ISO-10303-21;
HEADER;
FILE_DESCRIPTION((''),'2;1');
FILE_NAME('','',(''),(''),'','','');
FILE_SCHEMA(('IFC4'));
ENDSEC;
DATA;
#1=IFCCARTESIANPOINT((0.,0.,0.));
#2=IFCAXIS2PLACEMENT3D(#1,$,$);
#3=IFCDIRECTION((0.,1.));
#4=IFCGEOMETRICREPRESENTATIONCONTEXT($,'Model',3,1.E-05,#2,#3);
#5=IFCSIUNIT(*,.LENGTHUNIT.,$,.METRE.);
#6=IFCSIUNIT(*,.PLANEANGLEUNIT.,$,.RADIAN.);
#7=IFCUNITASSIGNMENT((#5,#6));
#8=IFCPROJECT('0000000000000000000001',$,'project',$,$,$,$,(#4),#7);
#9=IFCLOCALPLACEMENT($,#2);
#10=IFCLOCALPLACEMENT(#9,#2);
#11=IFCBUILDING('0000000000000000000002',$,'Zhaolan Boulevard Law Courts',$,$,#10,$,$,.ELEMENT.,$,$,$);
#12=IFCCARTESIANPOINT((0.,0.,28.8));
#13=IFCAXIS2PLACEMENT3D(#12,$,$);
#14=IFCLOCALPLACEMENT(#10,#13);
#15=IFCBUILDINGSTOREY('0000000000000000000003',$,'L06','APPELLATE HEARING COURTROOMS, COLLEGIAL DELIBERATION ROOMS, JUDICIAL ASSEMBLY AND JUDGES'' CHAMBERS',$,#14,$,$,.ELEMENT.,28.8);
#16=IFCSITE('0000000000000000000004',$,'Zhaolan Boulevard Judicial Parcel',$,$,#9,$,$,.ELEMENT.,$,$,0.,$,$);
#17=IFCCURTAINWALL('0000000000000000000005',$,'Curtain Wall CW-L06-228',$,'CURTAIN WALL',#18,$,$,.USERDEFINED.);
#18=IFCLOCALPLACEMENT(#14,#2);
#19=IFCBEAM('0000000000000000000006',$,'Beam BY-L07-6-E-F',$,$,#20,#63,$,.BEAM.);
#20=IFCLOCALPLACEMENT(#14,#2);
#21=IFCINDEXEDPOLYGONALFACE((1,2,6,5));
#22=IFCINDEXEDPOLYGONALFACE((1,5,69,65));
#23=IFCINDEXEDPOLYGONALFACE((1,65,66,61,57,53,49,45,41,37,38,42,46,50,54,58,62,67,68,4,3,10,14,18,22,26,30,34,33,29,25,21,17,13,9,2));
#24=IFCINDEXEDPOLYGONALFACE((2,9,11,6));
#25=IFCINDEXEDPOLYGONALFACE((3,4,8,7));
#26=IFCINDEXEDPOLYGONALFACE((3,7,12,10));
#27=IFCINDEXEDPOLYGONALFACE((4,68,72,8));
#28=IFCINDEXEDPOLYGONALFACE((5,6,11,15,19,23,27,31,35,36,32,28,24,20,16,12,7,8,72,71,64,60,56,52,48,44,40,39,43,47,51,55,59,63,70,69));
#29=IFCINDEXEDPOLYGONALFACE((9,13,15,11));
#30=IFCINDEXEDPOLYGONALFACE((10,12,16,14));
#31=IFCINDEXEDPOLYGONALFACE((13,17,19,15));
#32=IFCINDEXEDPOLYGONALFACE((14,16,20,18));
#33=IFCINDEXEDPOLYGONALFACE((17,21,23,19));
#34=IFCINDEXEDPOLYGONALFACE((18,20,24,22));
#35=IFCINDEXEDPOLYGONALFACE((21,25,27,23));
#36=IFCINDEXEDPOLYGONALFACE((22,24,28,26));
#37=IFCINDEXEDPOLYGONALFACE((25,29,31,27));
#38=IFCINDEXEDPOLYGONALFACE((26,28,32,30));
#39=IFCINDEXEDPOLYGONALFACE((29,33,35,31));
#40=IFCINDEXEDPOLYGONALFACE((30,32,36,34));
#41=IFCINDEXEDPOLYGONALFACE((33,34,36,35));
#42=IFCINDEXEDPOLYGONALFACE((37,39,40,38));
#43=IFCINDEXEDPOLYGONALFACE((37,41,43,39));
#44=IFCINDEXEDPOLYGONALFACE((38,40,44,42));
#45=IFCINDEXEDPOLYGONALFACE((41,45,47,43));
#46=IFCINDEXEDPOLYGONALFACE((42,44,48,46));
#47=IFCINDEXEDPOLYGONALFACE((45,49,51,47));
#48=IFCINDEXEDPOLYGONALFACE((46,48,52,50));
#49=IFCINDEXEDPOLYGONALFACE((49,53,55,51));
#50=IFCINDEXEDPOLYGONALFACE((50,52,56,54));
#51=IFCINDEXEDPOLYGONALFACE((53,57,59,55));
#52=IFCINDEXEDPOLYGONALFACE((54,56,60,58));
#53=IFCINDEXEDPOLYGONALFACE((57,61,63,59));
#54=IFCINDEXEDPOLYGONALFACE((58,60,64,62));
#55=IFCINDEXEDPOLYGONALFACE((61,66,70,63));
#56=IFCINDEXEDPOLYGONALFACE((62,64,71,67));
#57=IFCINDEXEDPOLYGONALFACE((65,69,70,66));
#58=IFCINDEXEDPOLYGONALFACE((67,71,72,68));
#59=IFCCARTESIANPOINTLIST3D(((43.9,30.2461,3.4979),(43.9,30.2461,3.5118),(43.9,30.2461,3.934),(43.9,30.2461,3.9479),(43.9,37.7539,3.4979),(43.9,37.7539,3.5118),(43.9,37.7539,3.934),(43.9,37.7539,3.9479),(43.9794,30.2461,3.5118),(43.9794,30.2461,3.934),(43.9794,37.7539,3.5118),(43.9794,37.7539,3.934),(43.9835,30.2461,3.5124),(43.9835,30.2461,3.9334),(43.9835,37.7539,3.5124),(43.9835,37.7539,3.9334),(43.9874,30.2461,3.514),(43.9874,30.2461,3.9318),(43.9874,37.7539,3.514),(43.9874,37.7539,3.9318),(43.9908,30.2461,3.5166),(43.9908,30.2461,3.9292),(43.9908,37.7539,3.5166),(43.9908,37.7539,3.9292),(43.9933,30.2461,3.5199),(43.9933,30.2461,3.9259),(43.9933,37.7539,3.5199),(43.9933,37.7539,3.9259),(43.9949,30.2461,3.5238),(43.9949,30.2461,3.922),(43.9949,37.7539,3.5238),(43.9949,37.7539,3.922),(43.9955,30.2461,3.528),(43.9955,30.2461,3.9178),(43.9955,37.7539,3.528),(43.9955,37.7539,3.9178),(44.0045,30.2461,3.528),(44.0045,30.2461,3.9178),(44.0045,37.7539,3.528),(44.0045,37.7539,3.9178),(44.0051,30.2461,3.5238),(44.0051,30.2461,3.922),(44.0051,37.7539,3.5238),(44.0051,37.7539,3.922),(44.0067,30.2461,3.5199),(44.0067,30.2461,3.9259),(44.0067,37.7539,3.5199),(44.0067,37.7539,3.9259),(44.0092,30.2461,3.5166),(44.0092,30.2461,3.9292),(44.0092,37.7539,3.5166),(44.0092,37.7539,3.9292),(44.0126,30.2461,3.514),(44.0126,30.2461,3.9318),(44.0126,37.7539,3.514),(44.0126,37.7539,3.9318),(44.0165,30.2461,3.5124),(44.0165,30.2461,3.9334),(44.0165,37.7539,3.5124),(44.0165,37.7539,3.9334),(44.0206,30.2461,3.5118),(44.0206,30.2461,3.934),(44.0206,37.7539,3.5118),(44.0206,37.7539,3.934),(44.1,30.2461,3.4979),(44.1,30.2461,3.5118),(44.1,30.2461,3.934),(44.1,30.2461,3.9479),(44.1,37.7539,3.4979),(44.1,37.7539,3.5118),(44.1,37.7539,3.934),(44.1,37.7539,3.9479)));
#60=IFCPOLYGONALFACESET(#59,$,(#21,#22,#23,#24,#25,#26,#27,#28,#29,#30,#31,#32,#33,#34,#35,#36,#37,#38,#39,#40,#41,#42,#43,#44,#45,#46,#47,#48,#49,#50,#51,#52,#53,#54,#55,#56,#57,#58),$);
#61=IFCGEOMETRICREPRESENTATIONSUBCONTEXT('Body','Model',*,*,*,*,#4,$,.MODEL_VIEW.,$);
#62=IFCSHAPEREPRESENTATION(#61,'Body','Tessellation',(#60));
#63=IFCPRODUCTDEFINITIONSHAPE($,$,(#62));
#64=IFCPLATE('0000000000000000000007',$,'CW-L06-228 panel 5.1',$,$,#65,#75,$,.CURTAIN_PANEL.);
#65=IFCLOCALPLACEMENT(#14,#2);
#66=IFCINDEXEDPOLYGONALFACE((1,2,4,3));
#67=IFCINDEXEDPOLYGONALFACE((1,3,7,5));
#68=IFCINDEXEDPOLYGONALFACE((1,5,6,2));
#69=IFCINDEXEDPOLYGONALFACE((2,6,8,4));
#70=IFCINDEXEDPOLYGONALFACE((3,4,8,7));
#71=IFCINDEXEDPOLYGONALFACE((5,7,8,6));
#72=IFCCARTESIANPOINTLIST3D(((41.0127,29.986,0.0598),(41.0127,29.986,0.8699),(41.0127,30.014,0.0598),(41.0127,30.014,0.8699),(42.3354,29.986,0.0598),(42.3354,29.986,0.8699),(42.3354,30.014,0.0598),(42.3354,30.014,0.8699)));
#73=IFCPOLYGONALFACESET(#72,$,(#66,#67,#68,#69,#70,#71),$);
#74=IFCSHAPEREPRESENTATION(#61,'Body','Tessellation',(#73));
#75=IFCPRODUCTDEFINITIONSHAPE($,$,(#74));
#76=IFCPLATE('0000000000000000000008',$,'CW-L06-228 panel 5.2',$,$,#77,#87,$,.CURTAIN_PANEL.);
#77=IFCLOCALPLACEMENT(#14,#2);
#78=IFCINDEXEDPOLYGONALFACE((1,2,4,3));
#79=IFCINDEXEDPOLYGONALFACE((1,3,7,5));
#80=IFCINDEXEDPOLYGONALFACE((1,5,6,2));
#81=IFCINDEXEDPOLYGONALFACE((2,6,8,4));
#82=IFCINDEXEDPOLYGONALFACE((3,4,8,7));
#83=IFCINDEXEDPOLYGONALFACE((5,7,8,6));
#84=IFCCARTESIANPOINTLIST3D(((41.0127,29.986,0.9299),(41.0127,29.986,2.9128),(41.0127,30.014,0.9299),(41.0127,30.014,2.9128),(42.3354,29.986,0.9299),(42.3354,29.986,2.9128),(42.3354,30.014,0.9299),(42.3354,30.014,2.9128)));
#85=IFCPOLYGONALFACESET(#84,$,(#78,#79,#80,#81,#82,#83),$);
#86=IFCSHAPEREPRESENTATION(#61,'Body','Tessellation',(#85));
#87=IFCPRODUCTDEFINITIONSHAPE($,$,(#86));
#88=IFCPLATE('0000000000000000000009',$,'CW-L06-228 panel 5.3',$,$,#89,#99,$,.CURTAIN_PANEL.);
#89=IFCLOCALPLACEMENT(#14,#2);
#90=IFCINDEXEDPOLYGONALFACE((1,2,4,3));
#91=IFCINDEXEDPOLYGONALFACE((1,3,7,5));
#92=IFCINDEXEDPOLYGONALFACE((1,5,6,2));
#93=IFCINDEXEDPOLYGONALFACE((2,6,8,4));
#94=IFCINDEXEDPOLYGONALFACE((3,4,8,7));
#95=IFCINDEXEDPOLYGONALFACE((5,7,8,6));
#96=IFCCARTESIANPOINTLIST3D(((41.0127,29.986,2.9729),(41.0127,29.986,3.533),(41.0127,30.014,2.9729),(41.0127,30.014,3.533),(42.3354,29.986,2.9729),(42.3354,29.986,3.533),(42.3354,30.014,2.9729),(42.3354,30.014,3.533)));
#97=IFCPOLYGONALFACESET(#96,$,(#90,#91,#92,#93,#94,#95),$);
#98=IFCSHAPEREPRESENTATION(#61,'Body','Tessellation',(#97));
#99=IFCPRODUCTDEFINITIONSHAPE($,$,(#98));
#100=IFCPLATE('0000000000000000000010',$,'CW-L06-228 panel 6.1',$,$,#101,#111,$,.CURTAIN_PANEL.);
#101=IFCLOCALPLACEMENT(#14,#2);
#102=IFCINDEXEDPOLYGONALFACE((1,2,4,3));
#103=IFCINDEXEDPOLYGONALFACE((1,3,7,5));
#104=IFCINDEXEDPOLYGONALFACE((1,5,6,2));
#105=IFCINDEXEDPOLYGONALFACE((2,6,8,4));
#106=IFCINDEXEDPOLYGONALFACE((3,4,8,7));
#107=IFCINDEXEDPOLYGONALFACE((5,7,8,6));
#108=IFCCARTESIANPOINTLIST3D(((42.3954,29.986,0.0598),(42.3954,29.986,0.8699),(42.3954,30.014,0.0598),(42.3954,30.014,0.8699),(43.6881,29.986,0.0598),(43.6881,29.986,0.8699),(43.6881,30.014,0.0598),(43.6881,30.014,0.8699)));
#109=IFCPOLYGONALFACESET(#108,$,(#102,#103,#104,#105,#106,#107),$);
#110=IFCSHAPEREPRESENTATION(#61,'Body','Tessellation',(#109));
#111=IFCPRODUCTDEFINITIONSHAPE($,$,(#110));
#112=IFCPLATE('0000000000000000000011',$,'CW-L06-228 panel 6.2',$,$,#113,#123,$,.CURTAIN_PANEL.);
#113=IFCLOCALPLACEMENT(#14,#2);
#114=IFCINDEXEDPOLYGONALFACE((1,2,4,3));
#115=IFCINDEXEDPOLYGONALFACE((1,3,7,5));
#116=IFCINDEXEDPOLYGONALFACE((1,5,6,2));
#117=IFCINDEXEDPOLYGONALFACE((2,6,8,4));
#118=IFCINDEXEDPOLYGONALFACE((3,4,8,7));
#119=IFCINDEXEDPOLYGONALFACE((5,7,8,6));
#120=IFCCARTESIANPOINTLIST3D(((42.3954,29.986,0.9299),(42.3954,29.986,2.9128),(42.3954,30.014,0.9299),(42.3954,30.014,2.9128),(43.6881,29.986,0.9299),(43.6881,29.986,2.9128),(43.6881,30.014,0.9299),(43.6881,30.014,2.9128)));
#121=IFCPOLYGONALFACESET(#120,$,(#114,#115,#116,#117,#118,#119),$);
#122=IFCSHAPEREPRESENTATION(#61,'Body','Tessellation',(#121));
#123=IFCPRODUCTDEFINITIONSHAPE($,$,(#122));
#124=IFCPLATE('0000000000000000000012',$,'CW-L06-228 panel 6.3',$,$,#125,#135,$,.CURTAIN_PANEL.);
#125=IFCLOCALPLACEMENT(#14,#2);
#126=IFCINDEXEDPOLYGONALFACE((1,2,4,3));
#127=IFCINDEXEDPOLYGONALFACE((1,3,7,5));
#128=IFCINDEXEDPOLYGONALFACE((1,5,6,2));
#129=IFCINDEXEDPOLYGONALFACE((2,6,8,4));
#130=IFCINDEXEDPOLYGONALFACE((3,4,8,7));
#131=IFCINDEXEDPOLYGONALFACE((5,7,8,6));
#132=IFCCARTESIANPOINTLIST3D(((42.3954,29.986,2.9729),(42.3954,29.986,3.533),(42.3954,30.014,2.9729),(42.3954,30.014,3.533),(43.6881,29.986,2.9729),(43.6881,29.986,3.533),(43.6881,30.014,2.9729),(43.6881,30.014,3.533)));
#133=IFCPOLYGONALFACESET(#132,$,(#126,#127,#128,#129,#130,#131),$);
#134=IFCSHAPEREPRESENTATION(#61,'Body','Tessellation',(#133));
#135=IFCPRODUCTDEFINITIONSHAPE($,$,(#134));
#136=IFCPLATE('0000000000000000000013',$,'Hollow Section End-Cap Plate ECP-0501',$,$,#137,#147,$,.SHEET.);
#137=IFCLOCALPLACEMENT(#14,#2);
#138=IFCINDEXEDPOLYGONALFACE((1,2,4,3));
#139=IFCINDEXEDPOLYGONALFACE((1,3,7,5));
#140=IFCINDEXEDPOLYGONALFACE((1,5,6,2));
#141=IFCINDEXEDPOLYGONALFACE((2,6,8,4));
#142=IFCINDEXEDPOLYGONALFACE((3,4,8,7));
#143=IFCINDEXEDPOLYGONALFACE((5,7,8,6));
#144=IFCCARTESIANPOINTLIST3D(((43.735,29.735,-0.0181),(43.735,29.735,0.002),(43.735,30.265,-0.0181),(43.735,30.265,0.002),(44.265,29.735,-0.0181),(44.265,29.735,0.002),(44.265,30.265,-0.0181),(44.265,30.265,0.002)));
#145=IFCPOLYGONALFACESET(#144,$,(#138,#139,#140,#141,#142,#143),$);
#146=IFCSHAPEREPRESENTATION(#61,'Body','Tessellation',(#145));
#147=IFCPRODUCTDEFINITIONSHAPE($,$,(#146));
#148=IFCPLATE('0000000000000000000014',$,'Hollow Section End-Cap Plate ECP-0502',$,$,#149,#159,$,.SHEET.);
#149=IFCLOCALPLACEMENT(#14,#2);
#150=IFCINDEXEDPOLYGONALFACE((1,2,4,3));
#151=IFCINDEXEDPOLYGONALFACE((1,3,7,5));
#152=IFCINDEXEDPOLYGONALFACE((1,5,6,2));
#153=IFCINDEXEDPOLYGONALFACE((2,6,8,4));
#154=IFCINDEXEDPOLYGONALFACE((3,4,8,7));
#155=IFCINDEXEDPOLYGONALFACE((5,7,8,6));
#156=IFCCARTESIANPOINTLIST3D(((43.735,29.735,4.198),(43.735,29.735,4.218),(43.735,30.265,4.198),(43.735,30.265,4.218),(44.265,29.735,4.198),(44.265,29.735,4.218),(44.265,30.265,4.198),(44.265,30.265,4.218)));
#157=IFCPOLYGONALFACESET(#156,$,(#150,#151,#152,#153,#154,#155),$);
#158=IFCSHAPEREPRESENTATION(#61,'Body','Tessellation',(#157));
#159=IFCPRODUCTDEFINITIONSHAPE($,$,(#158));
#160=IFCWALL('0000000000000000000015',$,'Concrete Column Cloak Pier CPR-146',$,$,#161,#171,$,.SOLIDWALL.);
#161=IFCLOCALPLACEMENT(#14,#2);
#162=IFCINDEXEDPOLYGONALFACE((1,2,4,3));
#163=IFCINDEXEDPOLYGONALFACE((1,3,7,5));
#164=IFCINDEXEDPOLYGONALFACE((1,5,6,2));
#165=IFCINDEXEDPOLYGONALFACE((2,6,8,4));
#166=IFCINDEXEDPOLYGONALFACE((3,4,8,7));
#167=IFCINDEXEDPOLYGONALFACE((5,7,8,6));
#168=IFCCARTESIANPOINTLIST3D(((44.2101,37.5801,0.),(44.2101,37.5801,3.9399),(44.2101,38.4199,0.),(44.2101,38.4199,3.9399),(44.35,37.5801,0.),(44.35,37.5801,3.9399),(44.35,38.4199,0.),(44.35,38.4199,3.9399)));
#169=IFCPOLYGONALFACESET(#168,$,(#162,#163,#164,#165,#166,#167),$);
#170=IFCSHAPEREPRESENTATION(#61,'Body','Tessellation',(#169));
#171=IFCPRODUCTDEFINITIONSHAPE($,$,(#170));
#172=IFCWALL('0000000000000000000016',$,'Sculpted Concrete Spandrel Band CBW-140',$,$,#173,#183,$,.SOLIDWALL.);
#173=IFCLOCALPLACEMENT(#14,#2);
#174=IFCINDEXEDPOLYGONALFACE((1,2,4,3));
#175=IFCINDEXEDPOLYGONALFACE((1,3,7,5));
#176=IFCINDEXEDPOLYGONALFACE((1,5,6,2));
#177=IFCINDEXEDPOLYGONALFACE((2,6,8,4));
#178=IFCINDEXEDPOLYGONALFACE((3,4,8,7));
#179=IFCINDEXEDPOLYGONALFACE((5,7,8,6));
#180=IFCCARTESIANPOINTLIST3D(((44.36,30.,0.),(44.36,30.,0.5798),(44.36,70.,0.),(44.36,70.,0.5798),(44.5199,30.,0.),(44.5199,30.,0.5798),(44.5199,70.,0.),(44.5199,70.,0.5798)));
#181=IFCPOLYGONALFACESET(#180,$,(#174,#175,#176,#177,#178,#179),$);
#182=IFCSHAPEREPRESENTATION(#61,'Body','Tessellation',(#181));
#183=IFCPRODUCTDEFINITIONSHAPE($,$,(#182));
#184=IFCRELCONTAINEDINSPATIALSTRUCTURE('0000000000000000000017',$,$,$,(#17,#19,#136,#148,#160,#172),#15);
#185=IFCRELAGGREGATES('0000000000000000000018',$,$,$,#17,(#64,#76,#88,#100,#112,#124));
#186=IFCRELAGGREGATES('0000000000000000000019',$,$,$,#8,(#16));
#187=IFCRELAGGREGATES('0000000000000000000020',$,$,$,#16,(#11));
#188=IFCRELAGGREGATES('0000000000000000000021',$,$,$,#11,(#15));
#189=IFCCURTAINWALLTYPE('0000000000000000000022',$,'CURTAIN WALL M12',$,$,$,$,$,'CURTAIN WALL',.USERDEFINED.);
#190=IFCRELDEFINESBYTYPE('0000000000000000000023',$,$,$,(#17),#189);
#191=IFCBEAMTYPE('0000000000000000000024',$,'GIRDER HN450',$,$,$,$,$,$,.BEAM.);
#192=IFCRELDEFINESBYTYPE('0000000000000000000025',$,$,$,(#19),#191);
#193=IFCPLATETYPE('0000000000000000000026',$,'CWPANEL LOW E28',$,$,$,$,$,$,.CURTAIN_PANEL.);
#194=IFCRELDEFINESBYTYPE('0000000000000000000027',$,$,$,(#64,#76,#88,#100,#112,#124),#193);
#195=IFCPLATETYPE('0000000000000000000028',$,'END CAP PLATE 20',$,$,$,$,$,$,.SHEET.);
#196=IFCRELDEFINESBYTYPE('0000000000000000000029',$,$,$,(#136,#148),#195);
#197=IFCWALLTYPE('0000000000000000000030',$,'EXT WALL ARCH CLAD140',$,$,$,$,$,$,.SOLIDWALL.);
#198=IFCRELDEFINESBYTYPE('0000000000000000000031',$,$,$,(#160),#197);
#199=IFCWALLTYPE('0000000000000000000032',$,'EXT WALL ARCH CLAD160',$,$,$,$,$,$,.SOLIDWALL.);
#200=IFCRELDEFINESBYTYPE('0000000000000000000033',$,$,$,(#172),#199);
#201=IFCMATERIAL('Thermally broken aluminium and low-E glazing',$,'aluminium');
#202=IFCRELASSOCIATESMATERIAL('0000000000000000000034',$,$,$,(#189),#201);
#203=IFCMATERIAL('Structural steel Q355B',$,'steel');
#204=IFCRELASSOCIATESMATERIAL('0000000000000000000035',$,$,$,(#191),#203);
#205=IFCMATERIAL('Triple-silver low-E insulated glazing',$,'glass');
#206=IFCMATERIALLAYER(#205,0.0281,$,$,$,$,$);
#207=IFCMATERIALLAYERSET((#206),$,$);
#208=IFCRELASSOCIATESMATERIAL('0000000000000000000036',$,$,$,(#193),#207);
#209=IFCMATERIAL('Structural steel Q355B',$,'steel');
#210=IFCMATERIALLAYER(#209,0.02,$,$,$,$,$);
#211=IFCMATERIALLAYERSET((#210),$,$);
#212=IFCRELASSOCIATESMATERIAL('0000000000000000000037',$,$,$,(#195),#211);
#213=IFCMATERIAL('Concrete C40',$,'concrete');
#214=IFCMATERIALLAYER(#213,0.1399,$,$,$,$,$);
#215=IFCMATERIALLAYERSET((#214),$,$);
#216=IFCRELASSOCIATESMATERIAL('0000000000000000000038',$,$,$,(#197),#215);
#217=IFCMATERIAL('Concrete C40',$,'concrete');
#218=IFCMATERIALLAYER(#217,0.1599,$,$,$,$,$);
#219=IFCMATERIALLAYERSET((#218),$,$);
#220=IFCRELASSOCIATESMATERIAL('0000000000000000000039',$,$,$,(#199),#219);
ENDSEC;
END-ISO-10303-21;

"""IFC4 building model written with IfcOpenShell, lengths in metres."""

from ifc_helpers import new_model, si_unit, direction, frame, frame_2d, origin, origin_2d, place, context, subcontext, project, spatial, rectangle, i_section, extrude, material, layer, layer_set, material_profile, profile_set, type_object, element, aggregate, save


model = new_model("IFC4")

# Units and contexts
model_context = context("Model", 3, precision=1e-05, world=origin(), true_north=direction((0.0, 1.0)))
body_context = subcontext(model_context, "Body", "Model", "MODEL_VIEW")
ifc_project = project(units=[si_unit("LENGTHUNIT", "METRE"), si_unit("PLANEANGLEUNIT", "RADIAN")], contexts=[model_context])

# Site, building, storey
site_placement = place(None, origin())
site = spatial("IfcSite", under=ifc_project, at=site_placement, Name="Zhaolan Boulevard Judicial Parcel", CompositionType="ELEMENT", RefElevation=0.0)
building_placement = place(site_placement, origin())
building = spatial("IfcBuilding", under=site, at=building_placement, Name="Zhaolan Boulevard Law Courts", CompositionType="ELEMENT")
storey_placement = place(building_placement, frame((0.0, 0.0, 28.8)))
storey = spatial("IfcBuildingStorey", under=building, at=storey_placement, Name="L06", Description="APPELLATE HEARING COURTROOMS, COLLEGIAL DELIBERATION ROOMS, JUDICIAL ASSEMBLY AND JUDGES' CHAMBERS", CompositionType="ELEMENT", Elevation=28.8)

# Curtain wall
ifc_material_1 = material(Name="Thermally broken aluminium and low-E glazing", Category="aluminium")
curtain_wall_type = type_object("IfcCurtainWallType", Name="CURTAIN WALL M12", ElementType="CURTAIN WALL", PredefinedType="USERDEFINED", material=ifc_material_1)
curtain_wall_placement = place(storey_placement, origin())
curtain_wall = element("IfcCurtainWall", 1, at=curtain_wall_placement, inside=storey, type_object=curtain_wall_type, Name="Curtain Wall CW-L06-228", ObjectType="CURTAIN WALL", PredefinedType="USERDEFINED")

# Beam
ifc_material_2 = material(Name="Structural steel Q355B", Category="steel")
ifc_material_profile_1 = material_profile(ifc_material_2, i_section(OverallWidth=0.2, OverallDepth=0.45, WebThickness=0.009, FlangeThickness=0.0139, FilletRadius=0.0161, at=origin_2d()), Name="HN450x200")
ifc_profile_set_1 = profile_set([ifc_material_profile_1], Name="Structural steel Q355B")
beam_type = type_object("IfcBeamType", Name="GIRDER HN450", PredefinedType="BEAM", material=ifc_profile_set_1)
beam_placement = place(storey_placement, frame((44.0, 30.2461, 3.7229), z_axis=(0.0, 1.0, 0.0), x_axis=(-1.0, 0.0, 0.0)))
element("IfcBeam", 2, at=beam_placement, inside=storey, type_object=beam_type, Name="Beam BY-L07-6-E-F", PredefinedType="BEAM", context=body_context, shape_type="SweptSolid", body=[
    extrude(i_section(OverallWidth=0.2, OverallDepth=0.45, WebThickness=0.009, FlangeThickness=0.0139, FilletRadius=0.0161, at=origin_2d()), origin(), (0.0, 0.0, 1.0), 7.5078),
])

# Plates
ifc_material_3 = material(Name="Triple-silver low-E insulated glazing", Category="glass")
ifc_layer_1 = layer(ifc_material_3, 0.0281)
ifc_layer_set_1 = layer_set([ifc_layer_1])
plate_type_1 = type_object("IfcPlateType", Name="CWPANEL LOW E28", PredefinedType="CURTAIN_PANEL", material=ifc_layer_set_1)
plate_1_placement = place(storey_placement, frame((41.6741, 30.0, 0.0598), z_axis=(0.0, 0.0, 1.0), x_axis=(1.0, 0.0, 0.0)))
plate_1 = element("IfcPlate", 3, at=plate_1_placement, type_object=plate_type_1, Name="CW-L06-228 panel 5.1", PredefinedType="CURTAIN_PANEL", context=body_context, shape_type="SweptSolid", body=[
    extrude(rectangle(XDim=1.3228, YDim=0.0281, at=origin_2d()), origin(), (0.0, 0.0, 1.0), 0.8101),
])
plate_2_placement = place(storey_placement, frame((41.6741, 30.0, 0.9299), z_axis=(0.0, 0.0, 1.0), x_axis=(1.0, 0.0, 0.0)))
plate_2 = element("IfcPlate", 4, at=plate_2_placement, type_object=plate_type_1, Name="CW-L06-228 panel 5.2", PredefinedType="CURTAIN_PANEL", context=body_context, shape_type="SweptSolid", body=[
    extrude(rectangle(XDim=1.3228, YDim=0.0281, at=origin_2d()), origin(), (0.0, 0.0, 1.0), 1.9829),
])
plate_3_placement = place(storey_placement, frame((41.6741, 30.0, 2.9729), z_axis=(0.0, 0.0, 1.0), x_axis=(1.0, 0.0, 0.0)))
plate_3 = element("IfcPlate", 5, at=plate_3_placement, type_object=plate_type_1, Name="CW-L06-228 panel 5.3", PredefinedType="CURTAIN_PANEL", context=body_context, shape_type="SweptSolid", body=[
    extrude(rectangle(XDim=1.3228, YDim=0.0281, at=origin_2d()), origin(), (0.0, 0.0, 1.0), 0.5601),
])
plate_4_placement = place(storey_placement, frame((43.0417, 30.0, 0.0598), z_axis=(0.0, 0.0, 1.0), x_axis=(1.0, 0.0, 0.0)))
plate_4 = element("IfcPlate", 6, at=plate_4_placement, type_object=plate_type_1, Name="CW-L06-228 panel 6.1", PredefinedType="CURTAIN_PANEL", context=body_context, shape_type="SweptSolid", body=[
    extrude(rectangle(XDim=1.2927, YDim=0.0281, at=origin_2d()), origin(), (0.0, 0.0, 1.0), 0.8101),
])
plate_5_placement = place(storey_placement, frame((43.0417, 30.0, 0.9299), z_axis=(0.0, 0.0, 1.0), x_axis=(1.0, 0.0, 0.0)))
plate_5 = element("IfcPlate", 7, at=plate_5_placement, type_object=plate_type_1, Name="CW-L06-228 panel 6.2", PredefinedType="CURTAIN_PANEL", context=body_context, shape_type="SweptSolid", body=[
    extrude(rectangle(XDim=1.2927, YDim=0.0281, at=origin_2d()), origin(), (0.0, 0.0, 1.0), 1.9829),
])
plate_6_placement = place(storey_placement, frame((43.0417, 30.0, 2.9729), z_axis=(0.0, 0.0, 1.0), x_axis=(1.0, 0.0, 0.0)))
plate_6 = element("IfcPlate", 8, at=plate_6_placement, type_object=plate_type_1, Name="CW-L06-228 panel 6.3", PredefinedType="CURTAIN_PANEL", context=body_context, shape_type="SweptSolid", body=[
    extrude(rectangle(XDim=1.2927, YDim=0.0281, at=origin_2d()), origin(), (0.0, 0.0, 1.0), 0.5601),
])
aggregate(curtain_wall, [plate_1, plate_2, plate_3, plate_4, plate_5, plate_6])

# Plates
ifc_material_4 = material(Name="Structural steel Q355B", Category="steel")
ifc_layer_2 = layer(ifc_material_4, 0.02)
ifc_layer_set_2 = layer_set([ifc_layer_2])
plate_type_2 = type_object("IfcPlateType", Name="END CAP PLATE 20", PredefinedType="SHEET", material=ifc_layer_set_2)
for number, where, z_axis, x_axis, name in (
    (9, (44.0, 30.0, -0.0181), (0.0, 0.0, 1.0), (1.0, 0.0, 0.0), "Hollow Section End-Cap Plate ECP-0501"),
    (10, (44.0, 30.0, 4.198), (0.0, 0.0, 1.0), (1.0, 0.0, 0.0), "Hollow Section End-Cap Plate ECP-0502"),
):
    element("IfcPlate", number, at=place(storey_placement, frame(where, z_axis=z_axis, x_axis=x_axis)), inside=storey, type_object=plate_type_2, Name=name, PredefinedType="SHEET", context=body_context, shape_type="SweptSolid", body=[
        extrude(rectangle(XDim=0.53, YDim=0.53, at=origin_2d()), origin(), (0.0, 0.0, 1.0), 0.02),
    ])

# Walls
ifc_material_5 = material(Name="Concrete C40", Category="concrete")
ifc_layer_3 = layer(ifc_material_5, 0.1399)
ifc_layer_set_3 = layer_set([ifc_layer_3])
wall_type_1 = type_object("IfcWallType", Name="EXT WALL ARCH CLAD140", PredefinedType="SOLIDWALL", material=ifc_layer_set_3)
wall_1_placement = place(storey_placement, frame((44.28, 37.5801, 0.0), z_axis=(0.0, 0.0, 1.0), x_axis=(0.0, 1.0, 0.0)))
element("IfcWall", 11, at=wall_1_placement, inside=storey, type_object=wall_type_1, Name="Concrete Column Cloak Pier CPR-146", PredefinedType="SOLIDWALL", context=body_context, shape_type="SweptSolid", body=[
    extrude(rectangle(XDim=0.8398, YDim=0.1399, at=frame_2d((0.4199, 0.0))), origin(), (0.0, 0.0, 1.0), 3.9399),
])
ifc_material_6 = material(Name="Concrete C40", Category="concrete")
ifc_layer_4 = layer(ifc_material_6, 0.1599)
ifc_layer_set_4 = layer_set([ifc_layer_4])
wall_type_2 = type_object("IfcWallType", Name="EXT WALL ARCH CLAD160", PredefinedType="SOLIDWALL", material=ifc_layer_set_4)
wall_2_placement = place(storey_placement, frame((44.4399, 30.0, 0.0), z_axis=(0.0, 0.0, 1.0), x_axis=(0.0, 1.0, 0.0)))
element("IfcWall", 12, at=wall_2_placement, inside=storey, type_object=wall_type_2, Name="Sculpted Concrete Spandrel Band CBW-140", PredefinedType="SOLIDWALL", context=body_context, shape_type="SweptSolid", body=[
    extrude(rectangle(XDim=40.0, YDim=0.1599, at=frame_2d((20.0, 0.0))), origin(), (0.0, 0.0, 1.0), 0.5798),
])

save(model, "model.ifc")
